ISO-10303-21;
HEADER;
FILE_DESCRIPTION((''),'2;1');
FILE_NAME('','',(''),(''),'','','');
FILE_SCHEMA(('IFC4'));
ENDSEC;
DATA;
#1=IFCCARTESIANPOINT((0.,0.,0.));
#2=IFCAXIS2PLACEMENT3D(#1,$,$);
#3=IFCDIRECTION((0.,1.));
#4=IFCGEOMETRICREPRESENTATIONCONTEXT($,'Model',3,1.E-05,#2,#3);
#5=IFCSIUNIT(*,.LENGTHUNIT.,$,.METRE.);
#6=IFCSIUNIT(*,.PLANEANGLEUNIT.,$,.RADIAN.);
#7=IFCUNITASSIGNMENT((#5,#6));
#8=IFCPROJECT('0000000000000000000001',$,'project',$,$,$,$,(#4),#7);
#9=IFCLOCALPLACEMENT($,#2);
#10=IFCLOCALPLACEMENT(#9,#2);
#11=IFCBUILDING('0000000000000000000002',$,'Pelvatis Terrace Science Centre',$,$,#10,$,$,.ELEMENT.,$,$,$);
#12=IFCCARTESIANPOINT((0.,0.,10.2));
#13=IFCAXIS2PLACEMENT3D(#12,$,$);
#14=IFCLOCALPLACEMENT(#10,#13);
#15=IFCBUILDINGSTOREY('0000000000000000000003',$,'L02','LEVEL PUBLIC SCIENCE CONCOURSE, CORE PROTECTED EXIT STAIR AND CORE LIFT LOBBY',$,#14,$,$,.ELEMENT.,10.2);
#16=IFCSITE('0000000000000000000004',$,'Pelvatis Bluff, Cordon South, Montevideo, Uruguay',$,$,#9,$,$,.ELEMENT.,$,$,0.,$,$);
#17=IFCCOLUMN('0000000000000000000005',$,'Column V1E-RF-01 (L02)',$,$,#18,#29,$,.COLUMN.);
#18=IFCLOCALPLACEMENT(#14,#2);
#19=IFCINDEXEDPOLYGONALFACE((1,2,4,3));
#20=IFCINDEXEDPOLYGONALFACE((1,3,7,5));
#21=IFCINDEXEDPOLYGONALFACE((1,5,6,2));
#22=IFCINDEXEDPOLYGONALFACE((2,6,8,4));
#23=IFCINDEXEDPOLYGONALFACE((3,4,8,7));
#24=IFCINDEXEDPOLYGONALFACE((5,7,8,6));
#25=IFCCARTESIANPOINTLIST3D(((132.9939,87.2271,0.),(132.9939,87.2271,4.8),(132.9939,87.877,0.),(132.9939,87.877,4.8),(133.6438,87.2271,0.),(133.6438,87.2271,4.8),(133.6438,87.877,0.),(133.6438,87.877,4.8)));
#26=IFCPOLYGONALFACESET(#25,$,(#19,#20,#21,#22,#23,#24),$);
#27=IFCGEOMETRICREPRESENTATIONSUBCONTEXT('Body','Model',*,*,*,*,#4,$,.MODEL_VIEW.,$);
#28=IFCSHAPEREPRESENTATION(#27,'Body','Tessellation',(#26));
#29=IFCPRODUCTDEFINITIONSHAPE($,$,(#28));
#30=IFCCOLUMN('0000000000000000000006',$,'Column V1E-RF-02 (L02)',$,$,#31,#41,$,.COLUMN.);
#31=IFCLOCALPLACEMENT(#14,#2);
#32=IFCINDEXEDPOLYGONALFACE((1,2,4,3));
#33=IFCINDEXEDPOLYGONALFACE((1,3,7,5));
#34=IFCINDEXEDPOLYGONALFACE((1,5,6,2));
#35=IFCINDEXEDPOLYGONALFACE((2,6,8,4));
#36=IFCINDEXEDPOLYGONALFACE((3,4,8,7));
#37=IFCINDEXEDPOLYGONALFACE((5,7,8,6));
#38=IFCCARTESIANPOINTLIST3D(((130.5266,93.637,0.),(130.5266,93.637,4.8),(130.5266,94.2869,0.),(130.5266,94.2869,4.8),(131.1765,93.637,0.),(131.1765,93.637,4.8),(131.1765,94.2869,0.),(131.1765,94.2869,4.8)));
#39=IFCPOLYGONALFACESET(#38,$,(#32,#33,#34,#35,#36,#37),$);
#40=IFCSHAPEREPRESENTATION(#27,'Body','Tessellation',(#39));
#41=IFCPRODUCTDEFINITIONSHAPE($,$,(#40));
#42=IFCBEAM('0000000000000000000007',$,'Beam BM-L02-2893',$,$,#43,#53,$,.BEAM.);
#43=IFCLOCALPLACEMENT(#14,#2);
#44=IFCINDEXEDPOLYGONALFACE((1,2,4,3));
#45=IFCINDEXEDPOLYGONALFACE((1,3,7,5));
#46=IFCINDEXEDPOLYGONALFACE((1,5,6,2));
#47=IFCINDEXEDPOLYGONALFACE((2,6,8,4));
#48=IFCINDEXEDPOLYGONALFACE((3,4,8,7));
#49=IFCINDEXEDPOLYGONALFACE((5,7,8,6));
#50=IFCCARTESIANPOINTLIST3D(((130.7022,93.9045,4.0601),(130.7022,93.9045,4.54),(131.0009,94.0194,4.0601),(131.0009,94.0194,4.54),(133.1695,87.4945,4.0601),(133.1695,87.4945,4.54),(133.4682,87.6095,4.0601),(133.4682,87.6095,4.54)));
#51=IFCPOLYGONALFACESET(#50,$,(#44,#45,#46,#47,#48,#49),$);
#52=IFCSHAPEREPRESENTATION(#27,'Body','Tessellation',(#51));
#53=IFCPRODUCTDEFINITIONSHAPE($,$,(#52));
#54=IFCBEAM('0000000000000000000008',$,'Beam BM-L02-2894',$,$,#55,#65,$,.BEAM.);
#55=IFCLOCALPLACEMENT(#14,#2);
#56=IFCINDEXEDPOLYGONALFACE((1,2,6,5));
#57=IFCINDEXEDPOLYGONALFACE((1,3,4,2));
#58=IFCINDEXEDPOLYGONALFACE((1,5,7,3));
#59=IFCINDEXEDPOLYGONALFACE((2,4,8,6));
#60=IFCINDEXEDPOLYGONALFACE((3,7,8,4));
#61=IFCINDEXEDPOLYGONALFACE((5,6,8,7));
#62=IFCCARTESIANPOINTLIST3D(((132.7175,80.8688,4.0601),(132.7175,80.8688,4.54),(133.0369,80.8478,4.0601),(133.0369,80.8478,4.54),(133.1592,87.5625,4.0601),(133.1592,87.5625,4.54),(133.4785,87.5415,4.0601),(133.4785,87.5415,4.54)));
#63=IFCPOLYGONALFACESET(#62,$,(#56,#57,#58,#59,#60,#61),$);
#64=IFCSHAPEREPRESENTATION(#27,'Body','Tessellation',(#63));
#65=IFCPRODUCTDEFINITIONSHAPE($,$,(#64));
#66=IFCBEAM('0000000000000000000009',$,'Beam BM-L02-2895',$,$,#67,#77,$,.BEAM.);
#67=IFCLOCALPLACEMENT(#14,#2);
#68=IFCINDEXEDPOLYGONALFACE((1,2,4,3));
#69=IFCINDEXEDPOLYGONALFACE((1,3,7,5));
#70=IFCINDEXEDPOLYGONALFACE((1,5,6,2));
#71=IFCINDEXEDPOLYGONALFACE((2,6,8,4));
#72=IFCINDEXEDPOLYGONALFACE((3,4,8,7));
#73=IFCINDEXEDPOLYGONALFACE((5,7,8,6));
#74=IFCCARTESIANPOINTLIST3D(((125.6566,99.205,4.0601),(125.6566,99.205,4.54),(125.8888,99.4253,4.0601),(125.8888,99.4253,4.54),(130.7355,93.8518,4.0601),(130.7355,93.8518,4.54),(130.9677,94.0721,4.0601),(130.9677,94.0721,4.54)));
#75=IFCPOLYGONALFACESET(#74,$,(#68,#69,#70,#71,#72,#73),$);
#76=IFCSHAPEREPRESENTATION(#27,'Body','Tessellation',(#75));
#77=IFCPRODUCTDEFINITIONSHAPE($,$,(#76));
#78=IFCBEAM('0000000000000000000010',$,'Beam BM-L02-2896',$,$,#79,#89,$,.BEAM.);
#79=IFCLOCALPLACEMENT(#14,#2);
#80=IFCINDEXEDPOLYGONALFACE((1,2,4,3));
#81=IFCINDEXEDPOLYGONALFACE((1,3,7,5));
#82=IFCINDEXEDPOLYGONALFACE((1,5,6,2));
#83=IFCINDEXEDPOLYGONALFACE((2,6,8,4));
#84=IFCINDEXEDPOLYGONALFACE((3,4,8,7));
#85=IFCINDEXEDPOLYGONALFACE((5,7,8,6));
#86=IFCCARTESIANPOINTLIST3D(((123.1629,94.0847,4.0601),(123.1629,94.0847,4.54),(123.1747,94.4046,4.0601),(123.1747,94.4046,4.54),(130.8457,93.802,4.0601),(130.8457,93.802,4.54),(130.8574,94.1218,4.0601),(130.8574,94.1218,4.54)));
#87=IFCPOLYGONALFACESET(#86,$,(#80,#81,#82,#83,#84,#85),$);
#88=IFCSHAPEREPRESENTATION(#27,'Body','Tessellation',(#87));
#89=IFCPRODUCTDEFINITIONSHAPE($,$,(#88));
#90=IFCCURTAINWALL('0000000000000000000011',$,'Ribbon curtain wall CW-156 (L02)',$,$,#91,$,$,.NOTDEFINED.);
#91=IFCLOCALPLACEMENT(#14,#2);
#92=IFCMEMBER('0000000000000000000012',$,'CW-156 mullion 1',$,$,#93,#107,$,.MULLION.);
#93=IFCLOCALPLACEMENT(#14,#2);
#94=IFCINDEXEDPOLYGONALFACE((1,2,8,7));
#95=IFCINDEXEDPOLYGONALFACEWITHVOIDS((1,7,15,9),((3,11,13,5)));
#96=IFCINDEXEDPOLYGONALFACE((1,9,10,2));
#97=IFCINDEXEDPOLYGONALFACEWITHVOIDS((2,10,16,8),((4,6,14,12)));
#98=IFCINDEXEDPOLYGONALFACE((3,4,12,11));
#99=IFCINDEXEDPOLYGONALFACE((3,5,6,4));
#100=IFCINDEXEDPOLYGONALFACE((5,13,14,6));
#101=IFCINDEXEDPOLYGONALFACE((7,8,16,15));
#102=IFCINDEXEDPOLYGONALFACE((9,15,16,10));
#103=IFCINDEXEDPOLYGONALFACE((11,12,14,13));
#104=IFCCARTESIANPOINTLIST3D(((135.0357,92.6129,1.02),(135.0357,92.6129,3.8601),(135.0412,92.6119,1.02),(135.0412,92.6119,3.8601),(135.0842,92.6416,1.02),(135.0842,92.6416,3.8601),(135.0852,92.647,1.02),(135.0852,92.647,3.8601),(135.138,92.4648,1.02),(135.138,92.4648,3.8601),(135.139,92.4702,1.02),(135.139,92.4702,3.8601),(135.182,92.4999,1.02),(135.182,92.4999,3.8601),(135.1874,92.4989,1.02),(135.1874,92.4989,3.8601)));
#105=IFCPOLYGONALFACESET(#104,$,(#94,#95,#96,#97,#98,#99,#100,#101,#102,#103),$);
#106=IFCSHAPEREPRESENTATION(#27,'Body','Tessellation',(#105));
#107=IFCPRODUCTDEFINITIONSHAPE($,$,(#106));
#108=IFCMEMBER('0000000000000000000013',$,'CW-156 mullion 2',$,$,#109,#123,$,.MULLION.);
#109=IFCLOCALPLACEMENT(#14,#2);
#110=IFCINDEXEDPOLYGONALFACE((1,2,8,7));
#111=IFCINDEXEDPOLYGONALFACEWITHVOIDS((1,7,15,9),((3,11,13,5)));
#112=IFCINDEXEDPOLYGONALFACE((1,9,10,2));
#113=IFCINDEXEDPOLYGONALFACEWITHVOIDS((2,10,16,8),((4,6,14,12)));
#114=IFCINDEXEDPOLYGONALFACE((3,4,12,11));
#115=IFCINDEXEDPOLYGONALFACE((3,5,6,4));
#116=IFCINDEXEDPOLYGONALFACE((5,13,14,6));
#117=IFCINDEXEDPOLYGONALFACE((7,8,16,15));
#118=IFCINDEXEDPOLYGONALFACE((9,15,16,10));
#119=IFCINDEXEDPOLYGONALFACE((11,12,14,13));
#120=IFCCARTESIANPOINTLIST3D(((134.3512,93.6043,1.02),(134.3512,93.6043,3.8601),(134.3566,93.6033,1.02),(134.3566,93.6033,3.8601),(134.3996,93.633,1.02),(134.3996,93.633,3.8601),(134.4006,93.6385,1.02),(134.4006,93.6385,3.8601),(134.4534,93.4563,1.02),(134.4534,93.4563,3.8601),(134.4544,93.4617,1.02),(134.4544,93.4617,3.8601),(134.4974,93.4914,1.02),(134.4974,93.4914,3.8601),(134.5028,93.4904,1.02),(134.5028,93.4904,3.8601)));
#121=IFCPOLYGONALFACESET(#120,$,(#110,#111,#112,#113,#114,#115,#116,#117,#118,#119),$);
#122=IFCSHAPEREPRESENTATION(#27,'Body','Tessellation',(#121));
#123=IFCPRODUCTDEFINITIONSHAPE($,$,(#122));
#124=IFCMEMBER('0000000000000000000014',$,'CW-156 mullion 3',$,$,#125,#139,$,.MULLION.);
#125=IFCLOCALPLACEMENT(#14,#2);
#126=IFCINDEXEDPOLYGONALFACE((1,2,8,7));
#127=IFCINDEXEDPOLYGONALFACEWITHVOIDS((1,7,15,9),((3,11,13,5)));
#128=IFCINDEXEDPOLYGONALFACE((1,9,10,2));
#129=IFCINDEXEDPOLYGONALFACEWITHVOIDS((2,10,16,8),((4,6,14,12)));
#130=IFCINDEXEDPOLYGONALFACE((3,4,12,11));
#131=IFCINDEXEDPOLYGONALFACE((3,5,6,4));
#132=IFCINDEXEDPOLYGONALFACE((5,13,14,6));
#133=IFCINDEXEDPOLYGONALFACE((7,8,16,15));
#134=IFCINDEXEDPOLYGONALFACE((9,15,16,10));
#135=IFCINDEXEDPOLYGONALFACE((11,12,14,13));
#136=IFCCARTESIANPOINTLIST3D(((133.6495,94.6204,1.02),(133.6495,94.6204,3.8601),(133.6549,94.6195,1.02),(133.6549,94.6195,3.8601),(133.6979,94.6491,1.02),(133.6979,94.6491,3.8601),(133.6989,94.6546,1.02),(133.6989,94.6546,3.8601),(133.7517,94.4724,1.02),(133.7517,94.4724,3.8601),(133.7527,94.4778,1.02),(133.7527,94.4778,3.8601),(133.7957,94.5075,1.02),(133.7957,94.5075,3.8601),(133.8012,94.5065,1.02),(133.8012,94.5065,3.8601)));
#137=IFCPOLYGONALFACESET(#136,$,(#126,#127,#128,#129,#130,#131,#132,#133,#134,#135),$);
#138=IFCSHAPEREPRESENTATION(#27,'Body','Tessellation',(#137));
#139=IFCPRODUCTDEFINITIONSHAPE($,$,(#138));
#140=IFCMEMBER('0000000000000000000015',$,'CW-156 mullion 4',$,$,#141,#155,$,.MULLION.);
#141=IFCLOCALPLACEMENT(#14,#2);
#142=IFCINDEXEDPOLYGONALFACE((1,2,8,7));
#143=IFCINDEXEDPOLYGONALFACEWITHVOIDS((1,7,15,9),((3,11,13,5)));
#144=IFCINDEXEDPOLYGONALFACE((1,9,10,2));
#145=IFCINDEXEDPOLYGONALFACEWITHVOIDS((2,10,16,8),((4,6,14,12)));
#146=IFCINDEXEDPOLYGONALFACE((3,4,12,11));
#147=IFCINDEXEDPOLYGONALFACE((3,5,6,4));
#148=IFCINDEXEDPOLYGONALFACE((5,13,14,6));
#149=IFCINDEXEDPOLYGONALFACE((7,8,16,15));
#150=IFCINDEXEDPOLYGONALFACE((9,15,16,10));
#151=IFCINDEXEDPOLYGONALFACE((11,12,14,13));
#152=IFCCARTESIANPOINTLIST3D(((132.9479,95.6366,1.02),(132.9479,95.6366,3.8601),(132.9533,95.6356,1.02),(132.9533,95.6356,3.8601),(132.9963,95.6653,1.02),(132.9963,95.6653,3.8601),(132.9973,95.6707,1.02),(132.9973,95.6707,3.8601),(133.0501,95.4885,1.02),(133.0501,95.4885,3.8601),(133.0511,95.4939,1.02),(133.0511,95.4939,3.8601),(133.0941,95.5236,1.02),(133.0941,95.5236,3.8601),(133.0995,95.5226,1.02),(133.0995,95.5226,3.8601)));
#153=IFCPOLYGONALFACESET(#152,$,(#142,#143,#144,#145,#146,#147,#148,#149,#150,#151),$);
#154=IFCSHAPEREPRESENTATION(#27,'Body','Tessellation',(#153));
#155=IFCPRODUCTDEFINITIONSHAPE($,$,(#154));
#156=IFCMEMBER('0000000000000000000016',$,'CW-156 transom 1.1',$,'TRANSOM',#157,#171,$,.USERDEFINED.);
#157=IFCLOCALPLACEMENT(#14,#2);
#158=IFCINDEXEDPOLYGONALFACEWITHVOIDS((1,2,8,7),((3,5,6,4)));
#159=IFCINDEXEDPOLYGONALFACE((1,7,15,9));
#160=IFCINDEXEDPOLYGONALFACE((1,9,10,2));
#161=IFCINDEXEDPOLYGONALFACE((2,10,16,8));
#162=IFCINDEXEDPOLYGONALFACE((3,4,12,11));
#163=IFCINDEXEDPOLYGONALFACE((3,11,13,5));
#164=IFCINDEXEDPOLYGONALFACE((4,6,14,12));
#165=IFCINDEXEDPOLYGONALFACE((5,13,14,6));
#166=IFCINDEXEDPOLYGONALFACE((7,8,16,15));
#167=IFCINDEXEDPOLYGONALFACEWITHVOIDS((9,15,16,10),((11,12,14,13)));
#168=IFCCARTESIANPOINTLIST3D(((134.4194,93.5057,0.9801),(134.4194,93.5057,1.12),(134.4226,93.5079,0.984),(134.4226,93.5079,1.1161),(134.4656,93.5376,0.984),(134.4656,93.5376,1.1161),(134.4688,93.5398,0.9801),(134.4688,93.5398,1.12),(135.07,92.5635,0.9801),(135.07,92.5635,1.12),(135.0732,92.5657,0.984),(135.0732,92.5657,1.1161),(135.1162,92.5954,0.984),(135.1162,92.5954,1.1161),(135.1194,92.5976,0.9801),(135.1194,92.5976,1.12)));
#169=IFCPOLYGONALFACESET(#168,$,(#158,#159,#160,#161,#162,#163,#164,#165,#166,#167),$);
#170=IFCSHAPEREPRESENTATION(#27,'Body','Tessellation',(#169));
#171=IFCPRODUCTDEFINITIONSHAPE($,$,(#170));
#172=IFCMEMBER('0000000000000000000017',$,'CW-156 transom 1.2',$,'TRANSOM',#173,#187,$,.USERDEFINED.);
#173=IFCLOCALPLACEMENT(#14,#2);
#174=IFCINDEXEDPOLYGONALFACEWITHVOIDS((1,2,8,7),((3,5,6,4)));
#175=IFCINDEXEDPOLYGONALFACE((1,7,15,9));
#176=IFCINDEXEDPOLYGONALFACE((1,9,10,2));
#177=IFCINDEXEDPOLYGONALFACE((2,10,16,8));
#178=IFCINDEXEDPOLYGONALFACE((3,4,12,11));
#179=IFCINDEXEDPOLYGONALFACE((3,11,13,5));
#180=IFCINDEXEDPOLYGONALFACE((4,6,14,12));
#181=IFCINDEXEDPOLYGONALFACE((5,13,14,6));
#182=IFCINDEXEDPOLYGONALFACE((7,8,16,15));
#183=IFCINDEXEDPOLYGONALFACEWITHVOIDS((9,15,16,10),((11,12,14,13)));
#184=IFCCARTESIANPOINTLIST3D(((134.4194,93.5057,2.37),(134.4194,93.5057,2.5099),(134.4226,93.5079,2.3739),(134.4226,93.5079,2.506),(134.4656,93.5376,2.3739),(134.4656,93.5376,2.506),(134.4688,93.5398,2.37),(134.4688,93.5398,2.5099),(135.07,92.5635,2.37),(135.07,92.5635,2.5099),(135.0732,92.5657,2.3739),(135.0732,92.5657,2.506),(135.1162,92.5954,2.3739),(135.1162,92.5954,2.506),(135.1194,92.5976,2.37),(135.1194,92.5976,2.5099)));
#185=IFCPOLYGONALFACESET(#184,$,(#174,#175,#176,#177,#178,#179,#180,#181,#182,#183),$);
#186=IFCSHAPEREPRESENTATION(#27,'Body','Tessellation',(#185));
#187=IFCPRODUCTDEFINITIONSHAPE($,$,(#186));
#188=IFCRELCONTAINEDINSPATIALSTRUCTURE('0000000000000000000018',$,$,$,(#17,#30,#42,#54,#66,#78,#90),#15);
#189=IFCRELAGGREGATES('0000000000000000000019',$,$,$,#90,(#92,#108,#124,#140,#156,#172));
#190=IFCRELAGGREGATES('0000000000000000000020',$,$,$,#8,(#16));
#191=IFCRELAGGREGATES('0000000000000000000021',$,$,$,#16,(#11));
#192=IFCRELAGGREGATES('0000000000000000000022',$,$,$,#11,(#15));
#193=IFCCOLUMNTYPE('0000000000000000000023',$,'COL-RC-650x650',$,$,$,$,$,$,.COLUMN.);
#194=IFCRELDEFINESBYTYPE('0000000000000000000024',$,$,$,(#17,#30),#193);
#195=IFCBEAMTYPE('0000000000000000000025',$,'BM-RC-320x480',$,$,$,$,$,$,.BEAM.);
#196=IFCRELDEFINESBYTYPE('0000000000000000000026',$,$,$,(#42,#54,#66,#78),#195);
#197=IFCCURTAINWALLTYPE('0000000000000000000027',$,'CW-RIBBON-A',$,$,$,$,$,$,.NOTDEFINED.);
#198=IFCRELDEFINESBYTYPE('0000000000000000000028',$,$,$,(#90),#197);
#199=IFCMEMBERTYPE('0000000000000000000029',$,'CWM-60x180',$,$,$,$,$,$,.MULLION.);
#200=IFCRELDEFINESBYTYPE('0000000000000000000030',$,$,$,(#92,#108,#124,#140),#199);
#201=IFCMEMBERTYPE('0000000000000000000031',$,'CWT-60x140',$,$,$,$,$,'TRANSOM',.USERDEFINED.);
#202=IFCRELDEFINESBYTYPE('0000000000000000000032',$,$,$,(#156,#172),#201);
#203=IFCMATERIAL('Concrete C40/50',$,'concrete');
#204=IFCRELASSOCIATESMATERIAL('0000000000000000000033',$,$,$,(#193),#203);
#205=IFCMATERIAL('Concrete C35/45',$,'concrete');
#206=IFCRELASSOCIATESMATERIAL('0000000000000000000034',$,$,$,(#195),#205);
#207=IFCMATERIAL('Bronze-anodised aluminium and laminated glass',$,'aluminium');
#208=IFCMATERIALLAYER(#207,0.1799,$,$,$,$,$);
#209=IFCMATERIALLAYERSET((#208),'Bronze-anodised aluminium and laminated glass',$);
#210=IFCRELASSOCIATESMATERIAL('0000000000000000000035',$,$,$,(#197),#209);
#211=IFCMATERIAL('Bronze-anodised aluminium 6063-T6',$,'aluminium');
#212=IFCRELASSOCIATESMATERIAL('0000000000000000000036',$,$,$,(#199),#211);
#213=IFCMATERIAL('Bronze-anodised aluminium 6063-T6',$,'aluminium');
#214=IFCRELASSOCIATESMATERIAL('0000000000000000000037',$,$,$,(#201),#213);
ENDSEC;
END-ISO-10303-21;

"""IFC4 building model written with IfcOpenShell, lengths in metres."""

from ifc_helpers import new_model, si_unit, direction, frame, origin, origin_2d, place, context, subcontext, project, spatial, rectangle, hollow_rectangle, extrude, material, layer, layer_set, material_profile, profile_set, type_object, element, aggregate, save


model = new_model("IFC4")

# Units and contexts
model_context = context("Model", 3, precision=1e-05, world=origin(), true_north=direction((0.0, 1.0)))
body_context = subcontext(model_context, "Body", "Model", "MODEL_VIEW")
ifc_project = project(units=[si_unit("LENGTHUNIT", "METRE"), si_unit("PLANEANGLEUNIT", "RADIAN")], contexts=[model_context])

# Site, building, storey
site_placement = place(None, origin())
site = spatial("IfcSite", under=ifc_project, at=site_placement, Name="Pelvatis Bluff, Cordon South, Montevideo, Uruguay", CompositionType="ELEMENT", RefElevation=0.0)
building_placement = place(site_placement, origin())
building = spatial("IfcBuilding", under=site, at=building_placement, Name="Pelvatis Terrace Science Centre", CompositionType="ELEMENT")
storey_placement = place(building_placement, frame((0.0, 0.0, 10.2)))
storey = spatial("IfcBuildingStorey", under=building, at=storey_placement, Name="L02", Description="LEVEL PUBLIC SCIENCE CONCOURSE, CORE PROTECTED EXIT STAIR AND CORE LIFT LOBBY", CompositionType="ELEMENT", Elevation=10.2)

# Columns
ifc_material_1 = material(Name="Concrete C40/50", Category="concrete")
ifc_material_profile_1 = material_profile(ifc_material_1, rectangle(XDim=0.6499, YDim=0.6499, at=origin_2d()), Name="RC-COL 650x650")
ifc_profile_set_1 = profile_set([ifc_material_profile_1], Name="Concrete C40/50")
column_type = type_object("IfcColumnType", Name="COL-RC-650x650", PredefinedType="COLUMN", material=ifc_profile_set_1)
for number, where, z_axis, x_axis, name in (
    (1, (133.3188, 87.552, 0.0), (0.0, 0.0, 1.0), (1.0, 0.0, 0.0), "Column V1E-RF-01 (L02)"),
    (2, (130.8516, 93.9619, 0.0), (0.0, 0.0, 1.0), (1.0, 0.0, 0.0), "Column V1E-RF-02 (L02)"),
):
    element("IfcColumn", number, at=place(storey_placement, frame(where, z_axis=z_axis, x_axis=x_axis)), inside=storey, type_object=column_type, Name=name, PredefinedType="COLUMN", context=body_context, shape_type="SweptSolid", body=[
        extrude(rectangle(XDim=0.6499, YDim=0.6499, at=origin_2d()), origin(), (0.0, 0.0, 1.0), 4.8),
    ])

# Beams
ifc_material_2 = material(Name="Concrete C35/45", Category="concrete")
ifc_material_profile_2 = material_profile(ifc_material_2, rectangle(XDim=0.3201, YDim=0.48, at=origin_2d()), Name="RC-BM 320x480")
ifc_profile_set_2 = profile_set([ifc_material_profile_2], Name="Concrete C35/45")
beam_type = type_object("IfcBeamType", Name="BM-RC-320x480", PredefinedType="BEAM", material=ifc_profile_set_2)
beam_1_placement = place(storey_placement, frame((133.3188, 87.552, 4.3), z_axis=(-0.359224, 0.933251, 0.0), x_axis=(-0.933251, -0.359224, 0.0)))
element("IfcBeam", 3, at=beam_1_placement, inside=storey, type_object=beam_type, Name="Beam BM-L02-2893", PredefinedType="BEAM", context=body_context, shape_type="SweptSolid", body=[
    extrude(rectangle(XDim=0.3201, YDim=0.48, at=origin_2d()), origin(), (0.0, 0.0, 1.0), 6.8684),
])
beam_2_placement = place(storey_placement, frame((133.3188, 87.552, 4.3), z_axis=(-0.065838, -0.99783, 0.0), x_axis=(0.99783, -0.065838, 0.0)))
element("IfcBeam", 4, at=beam_2_placement, inside=storey, type_object=beam_type, Name="Beam BM-L02-2894", PredefinedType="BEAM", context=body_context, shape_type="SweptSolid", body=[
    extrude(rectangle(XDim=0.3201, YDim=0.48, at=origin_2d()), origin(), (0.0, 0.0, 1.0), 6.7083),
])
beam_3_placement = place(storey_placement, frame((130.8516, 93.9619, 4.3), z_axis=(-0.688268, 0.725456, 0.0), x_axis=(-0.725456, -0.688268, 0.0)))
element("IfcBeam", 5, at=beam_3_placement, inside=storey, type_object=beam_type, Name="Beam BM-L02-2895", PredefinedType="BEAM", context=body_context, shape_type="SweptSolid", body=[
    extrude(rectangle(XDim=0.3201, YDim=0.48, at=origin_2d()), origin(), (0.0, 0.0, 1.0), 7.3792),
])
beam_4_placement = place(storey_placement, frame((130.8516, 93.9619, 4.3), z_axis=(-0.999324, 0.036773, 0.0), x_axis=(-0.036773, -0.999324, 0.0)))
element("IfcBeam", 6, at=beam_4_placement, inside=storey, type_object=beam_type, Name="Beam BM-L02-2896", PredefinedType="BEAM", context=body_context, shape_type="SweptSolid", body=[
    extrude(rectangle(XDim=0.3201, YDim=0.48, at=origin_2d()), origin(), (0.0, 0.0, 1.0), 7.688),
])

# Curtain wall, members
ifc_material_3 = material(Name="Bronze-anodised aluminium and laminated glass", Category="aluminium")
ifc_layer_1 = layer(ifc_material_3, 0.1799)
ifc_layer_set_1 = layer_set([ifc_layer_1], Name="Bronze-anodised aluminium and laminated glass")
curtain_wall_type = type_object("IfcCurtainWallType", Name="CW-RIBBON-A", PredefinedType="NOTDEFINED", material=ifc_layer_set_1)
curtain_wall_placement = place(storey_placement, origin())
curtain_wall = element("IfcCurtainWall", 7, at=curtain_wall_placement, inside=storey, type_object=curtain_wall_type, Name="Ribbon curtain wall CW-156 (L02)", PredefinedType="NOTDEFINED")
ifc_material_4 = material(Name="Bronze-anodised aluminium 6063-T6", Category="aluminium")
ifc_material_profile_3 = material_profile(ifc_material_4, hollow_rectangle(XDim=0.0601, YDim=0.1799, WallThickness=0.0039, at=origin_2d()), Name="ALU-MUL 60x180")
ifc_profile_set_3 = profile_set([ifc_material_profile_3], Name="Bronze-anodised aluminium 6063-T6")
member_type_1 = type_object("IfcMemberType", Name="CWM-60x180", PredefinedType="MULLION", material=ifc_profile_set_3)
member_1_placement = place(storey_placement, frame((135.1116, 92.5559, 1.02), z_axis=(0.0, 0.0, 1.0), x_axis=(-0.822888, -0.568203, 0.0)))
member_1 = element("IfcMember", 8, at=member_1_placement, type_object=member_type_1, Name="CW-156 mullion 1", PredefinedType="MULLION", context=body_context, shape_type="SweptSolid", body=[
    extrude(hollow_rectangle(XDim=0.0601, YDim=0.1799, WallThickness=0.0039, at=origin_2d()), origin(), (0.0, 0.0, 1.0), 2.8401),
])
member_2_placement = place(storey_placement, frame((134.427, 93.5474, 1.02), z_axis=(0.0, 0.0, 1.0), x_axis=(-0.822888, -0.568203, 0.0)))
member_2 = element("IfcMember", 9, at=member_2_placement, type_object=member_type_1, Name="CW-156 mullion 2", PredefinedType="MULLION", context=body_context, shape_type="SweptSolid", body=[
    extrude(hollow_rectangle(XDim=0.0601, YDim=0.1799, WallThickness=0.0039, at=origin_2d()), origin(), (0.0, 0.0, 1.0), 2.8401),
])
member_3_placement = place(storey_placement, frame((133.7253, 94.5635, 1.02), z_axis=(0.0, 0.0, 1.0), x_axis=(-0.822888, -0.568203, 0.0)))
member_3 = element("IfcMember", 10, at=member_3_placement, type_object=member_type_1, Name="CW-156 mullion 3", PredefinedType="MULLION", context=body_context, shape_type="SweptSolid", body=[
    extrude(hollow_rectangle(XDim=0.0601, YDim=0.1799, WallThickness=0.0039, at=origin_2d()), origin(), (0.0, 0.0, 1.0), 2.8401),
])
member_4_placement = place(storey_placement, frame((133.0237, 95.5796, 1.02), z_axis=(0.0, 0.0, 1.0), x_axis=(-0.822888, -0.568203, 0.0)))
member_4 = element("IfcMember", 11, at=member_4_placement, type_object=member_type_1, Name="CW-156 mullion 4", PredefinedType="MULLION", context=body_context, shape_type="SweptSolid", body=[
    extrude(hollow_rectangle(XDim=0.0601, YDim=0.1799, WallThickness=0.0039, at=origin_2d()), origin(), (0.0, 0.0, 1.0), 2.8401),
])
ifc_material_5 = material(Name="Bronze-anodised aluminium 6063-T6", Category="aluminium")
ifc_material_profile_4 = material_profile(ifc_material_5, hollow_rectangle(XDim=0.0601, YDim=0.1399, WallThickness=0.0039, at=origin_2d()), Name="ALU-TRN 60x140")
ifc_profile_set_4 = profile_set([ifc_material_profile_4], Name="Bronze-anodised aluminium 6063-T6")
member_type_2 = type_object("IfcMemberType", Name="CWT-60x140", ElementType="TRANSOM", PredefinedType="USERDEFINED", material=ifc_profile_set_4)
member_5_placement = place(storey_placement, frame((135.0947, 92.5806, 1.05), z_axis=(-0.568256, 0.822852, 0.0), x_axis=(-0.822852, -0.568256, 0.0)))
member_5 = element("IfcMember", 12, at=member_5_placement, type_object=member_type_2, Name="CW-156 transom 1.1", ObjectType="TRANSOM", PredefinedType="USERDEFINED", context=body_context, shape_type="SweptSolid", body=[
    extrude(hollow_rectangle(XDim=0.0601, YDim=0.1399, WallThickness=0.0039, at=origin_2d()), origin(), (0.0, 0.0, 1.0), 1.145),
])
member_6_placement = place(storey_placement, frame((135.0947, 92.5806, 2.4399), z_axis=(-0.568256, 0.822852, 0.0), x_axis=(-0.822852, -0.568256, 0.0)))
member_6 = element("IfcMember", 13, at=member_6_placement, type_object=member_type_2, Name="CW-156 transom 1.2", ObjectType="TRANSOM", PredefinedType="USERDEFINED", context=body_context, shape_type="SweptSolid", body=[
    extrude(hollow_rectangle(XDim=0.0601, YDim=0.1399, WallThickness=0.0039, at=origin_2d()), origin(), (0.0, 0.0, 1.0), 1.145),
])
aggregate(curtain_wall, [member_1, member_2, member_3, member_4, member_5, member_6])

save(model, "model.ifc")
